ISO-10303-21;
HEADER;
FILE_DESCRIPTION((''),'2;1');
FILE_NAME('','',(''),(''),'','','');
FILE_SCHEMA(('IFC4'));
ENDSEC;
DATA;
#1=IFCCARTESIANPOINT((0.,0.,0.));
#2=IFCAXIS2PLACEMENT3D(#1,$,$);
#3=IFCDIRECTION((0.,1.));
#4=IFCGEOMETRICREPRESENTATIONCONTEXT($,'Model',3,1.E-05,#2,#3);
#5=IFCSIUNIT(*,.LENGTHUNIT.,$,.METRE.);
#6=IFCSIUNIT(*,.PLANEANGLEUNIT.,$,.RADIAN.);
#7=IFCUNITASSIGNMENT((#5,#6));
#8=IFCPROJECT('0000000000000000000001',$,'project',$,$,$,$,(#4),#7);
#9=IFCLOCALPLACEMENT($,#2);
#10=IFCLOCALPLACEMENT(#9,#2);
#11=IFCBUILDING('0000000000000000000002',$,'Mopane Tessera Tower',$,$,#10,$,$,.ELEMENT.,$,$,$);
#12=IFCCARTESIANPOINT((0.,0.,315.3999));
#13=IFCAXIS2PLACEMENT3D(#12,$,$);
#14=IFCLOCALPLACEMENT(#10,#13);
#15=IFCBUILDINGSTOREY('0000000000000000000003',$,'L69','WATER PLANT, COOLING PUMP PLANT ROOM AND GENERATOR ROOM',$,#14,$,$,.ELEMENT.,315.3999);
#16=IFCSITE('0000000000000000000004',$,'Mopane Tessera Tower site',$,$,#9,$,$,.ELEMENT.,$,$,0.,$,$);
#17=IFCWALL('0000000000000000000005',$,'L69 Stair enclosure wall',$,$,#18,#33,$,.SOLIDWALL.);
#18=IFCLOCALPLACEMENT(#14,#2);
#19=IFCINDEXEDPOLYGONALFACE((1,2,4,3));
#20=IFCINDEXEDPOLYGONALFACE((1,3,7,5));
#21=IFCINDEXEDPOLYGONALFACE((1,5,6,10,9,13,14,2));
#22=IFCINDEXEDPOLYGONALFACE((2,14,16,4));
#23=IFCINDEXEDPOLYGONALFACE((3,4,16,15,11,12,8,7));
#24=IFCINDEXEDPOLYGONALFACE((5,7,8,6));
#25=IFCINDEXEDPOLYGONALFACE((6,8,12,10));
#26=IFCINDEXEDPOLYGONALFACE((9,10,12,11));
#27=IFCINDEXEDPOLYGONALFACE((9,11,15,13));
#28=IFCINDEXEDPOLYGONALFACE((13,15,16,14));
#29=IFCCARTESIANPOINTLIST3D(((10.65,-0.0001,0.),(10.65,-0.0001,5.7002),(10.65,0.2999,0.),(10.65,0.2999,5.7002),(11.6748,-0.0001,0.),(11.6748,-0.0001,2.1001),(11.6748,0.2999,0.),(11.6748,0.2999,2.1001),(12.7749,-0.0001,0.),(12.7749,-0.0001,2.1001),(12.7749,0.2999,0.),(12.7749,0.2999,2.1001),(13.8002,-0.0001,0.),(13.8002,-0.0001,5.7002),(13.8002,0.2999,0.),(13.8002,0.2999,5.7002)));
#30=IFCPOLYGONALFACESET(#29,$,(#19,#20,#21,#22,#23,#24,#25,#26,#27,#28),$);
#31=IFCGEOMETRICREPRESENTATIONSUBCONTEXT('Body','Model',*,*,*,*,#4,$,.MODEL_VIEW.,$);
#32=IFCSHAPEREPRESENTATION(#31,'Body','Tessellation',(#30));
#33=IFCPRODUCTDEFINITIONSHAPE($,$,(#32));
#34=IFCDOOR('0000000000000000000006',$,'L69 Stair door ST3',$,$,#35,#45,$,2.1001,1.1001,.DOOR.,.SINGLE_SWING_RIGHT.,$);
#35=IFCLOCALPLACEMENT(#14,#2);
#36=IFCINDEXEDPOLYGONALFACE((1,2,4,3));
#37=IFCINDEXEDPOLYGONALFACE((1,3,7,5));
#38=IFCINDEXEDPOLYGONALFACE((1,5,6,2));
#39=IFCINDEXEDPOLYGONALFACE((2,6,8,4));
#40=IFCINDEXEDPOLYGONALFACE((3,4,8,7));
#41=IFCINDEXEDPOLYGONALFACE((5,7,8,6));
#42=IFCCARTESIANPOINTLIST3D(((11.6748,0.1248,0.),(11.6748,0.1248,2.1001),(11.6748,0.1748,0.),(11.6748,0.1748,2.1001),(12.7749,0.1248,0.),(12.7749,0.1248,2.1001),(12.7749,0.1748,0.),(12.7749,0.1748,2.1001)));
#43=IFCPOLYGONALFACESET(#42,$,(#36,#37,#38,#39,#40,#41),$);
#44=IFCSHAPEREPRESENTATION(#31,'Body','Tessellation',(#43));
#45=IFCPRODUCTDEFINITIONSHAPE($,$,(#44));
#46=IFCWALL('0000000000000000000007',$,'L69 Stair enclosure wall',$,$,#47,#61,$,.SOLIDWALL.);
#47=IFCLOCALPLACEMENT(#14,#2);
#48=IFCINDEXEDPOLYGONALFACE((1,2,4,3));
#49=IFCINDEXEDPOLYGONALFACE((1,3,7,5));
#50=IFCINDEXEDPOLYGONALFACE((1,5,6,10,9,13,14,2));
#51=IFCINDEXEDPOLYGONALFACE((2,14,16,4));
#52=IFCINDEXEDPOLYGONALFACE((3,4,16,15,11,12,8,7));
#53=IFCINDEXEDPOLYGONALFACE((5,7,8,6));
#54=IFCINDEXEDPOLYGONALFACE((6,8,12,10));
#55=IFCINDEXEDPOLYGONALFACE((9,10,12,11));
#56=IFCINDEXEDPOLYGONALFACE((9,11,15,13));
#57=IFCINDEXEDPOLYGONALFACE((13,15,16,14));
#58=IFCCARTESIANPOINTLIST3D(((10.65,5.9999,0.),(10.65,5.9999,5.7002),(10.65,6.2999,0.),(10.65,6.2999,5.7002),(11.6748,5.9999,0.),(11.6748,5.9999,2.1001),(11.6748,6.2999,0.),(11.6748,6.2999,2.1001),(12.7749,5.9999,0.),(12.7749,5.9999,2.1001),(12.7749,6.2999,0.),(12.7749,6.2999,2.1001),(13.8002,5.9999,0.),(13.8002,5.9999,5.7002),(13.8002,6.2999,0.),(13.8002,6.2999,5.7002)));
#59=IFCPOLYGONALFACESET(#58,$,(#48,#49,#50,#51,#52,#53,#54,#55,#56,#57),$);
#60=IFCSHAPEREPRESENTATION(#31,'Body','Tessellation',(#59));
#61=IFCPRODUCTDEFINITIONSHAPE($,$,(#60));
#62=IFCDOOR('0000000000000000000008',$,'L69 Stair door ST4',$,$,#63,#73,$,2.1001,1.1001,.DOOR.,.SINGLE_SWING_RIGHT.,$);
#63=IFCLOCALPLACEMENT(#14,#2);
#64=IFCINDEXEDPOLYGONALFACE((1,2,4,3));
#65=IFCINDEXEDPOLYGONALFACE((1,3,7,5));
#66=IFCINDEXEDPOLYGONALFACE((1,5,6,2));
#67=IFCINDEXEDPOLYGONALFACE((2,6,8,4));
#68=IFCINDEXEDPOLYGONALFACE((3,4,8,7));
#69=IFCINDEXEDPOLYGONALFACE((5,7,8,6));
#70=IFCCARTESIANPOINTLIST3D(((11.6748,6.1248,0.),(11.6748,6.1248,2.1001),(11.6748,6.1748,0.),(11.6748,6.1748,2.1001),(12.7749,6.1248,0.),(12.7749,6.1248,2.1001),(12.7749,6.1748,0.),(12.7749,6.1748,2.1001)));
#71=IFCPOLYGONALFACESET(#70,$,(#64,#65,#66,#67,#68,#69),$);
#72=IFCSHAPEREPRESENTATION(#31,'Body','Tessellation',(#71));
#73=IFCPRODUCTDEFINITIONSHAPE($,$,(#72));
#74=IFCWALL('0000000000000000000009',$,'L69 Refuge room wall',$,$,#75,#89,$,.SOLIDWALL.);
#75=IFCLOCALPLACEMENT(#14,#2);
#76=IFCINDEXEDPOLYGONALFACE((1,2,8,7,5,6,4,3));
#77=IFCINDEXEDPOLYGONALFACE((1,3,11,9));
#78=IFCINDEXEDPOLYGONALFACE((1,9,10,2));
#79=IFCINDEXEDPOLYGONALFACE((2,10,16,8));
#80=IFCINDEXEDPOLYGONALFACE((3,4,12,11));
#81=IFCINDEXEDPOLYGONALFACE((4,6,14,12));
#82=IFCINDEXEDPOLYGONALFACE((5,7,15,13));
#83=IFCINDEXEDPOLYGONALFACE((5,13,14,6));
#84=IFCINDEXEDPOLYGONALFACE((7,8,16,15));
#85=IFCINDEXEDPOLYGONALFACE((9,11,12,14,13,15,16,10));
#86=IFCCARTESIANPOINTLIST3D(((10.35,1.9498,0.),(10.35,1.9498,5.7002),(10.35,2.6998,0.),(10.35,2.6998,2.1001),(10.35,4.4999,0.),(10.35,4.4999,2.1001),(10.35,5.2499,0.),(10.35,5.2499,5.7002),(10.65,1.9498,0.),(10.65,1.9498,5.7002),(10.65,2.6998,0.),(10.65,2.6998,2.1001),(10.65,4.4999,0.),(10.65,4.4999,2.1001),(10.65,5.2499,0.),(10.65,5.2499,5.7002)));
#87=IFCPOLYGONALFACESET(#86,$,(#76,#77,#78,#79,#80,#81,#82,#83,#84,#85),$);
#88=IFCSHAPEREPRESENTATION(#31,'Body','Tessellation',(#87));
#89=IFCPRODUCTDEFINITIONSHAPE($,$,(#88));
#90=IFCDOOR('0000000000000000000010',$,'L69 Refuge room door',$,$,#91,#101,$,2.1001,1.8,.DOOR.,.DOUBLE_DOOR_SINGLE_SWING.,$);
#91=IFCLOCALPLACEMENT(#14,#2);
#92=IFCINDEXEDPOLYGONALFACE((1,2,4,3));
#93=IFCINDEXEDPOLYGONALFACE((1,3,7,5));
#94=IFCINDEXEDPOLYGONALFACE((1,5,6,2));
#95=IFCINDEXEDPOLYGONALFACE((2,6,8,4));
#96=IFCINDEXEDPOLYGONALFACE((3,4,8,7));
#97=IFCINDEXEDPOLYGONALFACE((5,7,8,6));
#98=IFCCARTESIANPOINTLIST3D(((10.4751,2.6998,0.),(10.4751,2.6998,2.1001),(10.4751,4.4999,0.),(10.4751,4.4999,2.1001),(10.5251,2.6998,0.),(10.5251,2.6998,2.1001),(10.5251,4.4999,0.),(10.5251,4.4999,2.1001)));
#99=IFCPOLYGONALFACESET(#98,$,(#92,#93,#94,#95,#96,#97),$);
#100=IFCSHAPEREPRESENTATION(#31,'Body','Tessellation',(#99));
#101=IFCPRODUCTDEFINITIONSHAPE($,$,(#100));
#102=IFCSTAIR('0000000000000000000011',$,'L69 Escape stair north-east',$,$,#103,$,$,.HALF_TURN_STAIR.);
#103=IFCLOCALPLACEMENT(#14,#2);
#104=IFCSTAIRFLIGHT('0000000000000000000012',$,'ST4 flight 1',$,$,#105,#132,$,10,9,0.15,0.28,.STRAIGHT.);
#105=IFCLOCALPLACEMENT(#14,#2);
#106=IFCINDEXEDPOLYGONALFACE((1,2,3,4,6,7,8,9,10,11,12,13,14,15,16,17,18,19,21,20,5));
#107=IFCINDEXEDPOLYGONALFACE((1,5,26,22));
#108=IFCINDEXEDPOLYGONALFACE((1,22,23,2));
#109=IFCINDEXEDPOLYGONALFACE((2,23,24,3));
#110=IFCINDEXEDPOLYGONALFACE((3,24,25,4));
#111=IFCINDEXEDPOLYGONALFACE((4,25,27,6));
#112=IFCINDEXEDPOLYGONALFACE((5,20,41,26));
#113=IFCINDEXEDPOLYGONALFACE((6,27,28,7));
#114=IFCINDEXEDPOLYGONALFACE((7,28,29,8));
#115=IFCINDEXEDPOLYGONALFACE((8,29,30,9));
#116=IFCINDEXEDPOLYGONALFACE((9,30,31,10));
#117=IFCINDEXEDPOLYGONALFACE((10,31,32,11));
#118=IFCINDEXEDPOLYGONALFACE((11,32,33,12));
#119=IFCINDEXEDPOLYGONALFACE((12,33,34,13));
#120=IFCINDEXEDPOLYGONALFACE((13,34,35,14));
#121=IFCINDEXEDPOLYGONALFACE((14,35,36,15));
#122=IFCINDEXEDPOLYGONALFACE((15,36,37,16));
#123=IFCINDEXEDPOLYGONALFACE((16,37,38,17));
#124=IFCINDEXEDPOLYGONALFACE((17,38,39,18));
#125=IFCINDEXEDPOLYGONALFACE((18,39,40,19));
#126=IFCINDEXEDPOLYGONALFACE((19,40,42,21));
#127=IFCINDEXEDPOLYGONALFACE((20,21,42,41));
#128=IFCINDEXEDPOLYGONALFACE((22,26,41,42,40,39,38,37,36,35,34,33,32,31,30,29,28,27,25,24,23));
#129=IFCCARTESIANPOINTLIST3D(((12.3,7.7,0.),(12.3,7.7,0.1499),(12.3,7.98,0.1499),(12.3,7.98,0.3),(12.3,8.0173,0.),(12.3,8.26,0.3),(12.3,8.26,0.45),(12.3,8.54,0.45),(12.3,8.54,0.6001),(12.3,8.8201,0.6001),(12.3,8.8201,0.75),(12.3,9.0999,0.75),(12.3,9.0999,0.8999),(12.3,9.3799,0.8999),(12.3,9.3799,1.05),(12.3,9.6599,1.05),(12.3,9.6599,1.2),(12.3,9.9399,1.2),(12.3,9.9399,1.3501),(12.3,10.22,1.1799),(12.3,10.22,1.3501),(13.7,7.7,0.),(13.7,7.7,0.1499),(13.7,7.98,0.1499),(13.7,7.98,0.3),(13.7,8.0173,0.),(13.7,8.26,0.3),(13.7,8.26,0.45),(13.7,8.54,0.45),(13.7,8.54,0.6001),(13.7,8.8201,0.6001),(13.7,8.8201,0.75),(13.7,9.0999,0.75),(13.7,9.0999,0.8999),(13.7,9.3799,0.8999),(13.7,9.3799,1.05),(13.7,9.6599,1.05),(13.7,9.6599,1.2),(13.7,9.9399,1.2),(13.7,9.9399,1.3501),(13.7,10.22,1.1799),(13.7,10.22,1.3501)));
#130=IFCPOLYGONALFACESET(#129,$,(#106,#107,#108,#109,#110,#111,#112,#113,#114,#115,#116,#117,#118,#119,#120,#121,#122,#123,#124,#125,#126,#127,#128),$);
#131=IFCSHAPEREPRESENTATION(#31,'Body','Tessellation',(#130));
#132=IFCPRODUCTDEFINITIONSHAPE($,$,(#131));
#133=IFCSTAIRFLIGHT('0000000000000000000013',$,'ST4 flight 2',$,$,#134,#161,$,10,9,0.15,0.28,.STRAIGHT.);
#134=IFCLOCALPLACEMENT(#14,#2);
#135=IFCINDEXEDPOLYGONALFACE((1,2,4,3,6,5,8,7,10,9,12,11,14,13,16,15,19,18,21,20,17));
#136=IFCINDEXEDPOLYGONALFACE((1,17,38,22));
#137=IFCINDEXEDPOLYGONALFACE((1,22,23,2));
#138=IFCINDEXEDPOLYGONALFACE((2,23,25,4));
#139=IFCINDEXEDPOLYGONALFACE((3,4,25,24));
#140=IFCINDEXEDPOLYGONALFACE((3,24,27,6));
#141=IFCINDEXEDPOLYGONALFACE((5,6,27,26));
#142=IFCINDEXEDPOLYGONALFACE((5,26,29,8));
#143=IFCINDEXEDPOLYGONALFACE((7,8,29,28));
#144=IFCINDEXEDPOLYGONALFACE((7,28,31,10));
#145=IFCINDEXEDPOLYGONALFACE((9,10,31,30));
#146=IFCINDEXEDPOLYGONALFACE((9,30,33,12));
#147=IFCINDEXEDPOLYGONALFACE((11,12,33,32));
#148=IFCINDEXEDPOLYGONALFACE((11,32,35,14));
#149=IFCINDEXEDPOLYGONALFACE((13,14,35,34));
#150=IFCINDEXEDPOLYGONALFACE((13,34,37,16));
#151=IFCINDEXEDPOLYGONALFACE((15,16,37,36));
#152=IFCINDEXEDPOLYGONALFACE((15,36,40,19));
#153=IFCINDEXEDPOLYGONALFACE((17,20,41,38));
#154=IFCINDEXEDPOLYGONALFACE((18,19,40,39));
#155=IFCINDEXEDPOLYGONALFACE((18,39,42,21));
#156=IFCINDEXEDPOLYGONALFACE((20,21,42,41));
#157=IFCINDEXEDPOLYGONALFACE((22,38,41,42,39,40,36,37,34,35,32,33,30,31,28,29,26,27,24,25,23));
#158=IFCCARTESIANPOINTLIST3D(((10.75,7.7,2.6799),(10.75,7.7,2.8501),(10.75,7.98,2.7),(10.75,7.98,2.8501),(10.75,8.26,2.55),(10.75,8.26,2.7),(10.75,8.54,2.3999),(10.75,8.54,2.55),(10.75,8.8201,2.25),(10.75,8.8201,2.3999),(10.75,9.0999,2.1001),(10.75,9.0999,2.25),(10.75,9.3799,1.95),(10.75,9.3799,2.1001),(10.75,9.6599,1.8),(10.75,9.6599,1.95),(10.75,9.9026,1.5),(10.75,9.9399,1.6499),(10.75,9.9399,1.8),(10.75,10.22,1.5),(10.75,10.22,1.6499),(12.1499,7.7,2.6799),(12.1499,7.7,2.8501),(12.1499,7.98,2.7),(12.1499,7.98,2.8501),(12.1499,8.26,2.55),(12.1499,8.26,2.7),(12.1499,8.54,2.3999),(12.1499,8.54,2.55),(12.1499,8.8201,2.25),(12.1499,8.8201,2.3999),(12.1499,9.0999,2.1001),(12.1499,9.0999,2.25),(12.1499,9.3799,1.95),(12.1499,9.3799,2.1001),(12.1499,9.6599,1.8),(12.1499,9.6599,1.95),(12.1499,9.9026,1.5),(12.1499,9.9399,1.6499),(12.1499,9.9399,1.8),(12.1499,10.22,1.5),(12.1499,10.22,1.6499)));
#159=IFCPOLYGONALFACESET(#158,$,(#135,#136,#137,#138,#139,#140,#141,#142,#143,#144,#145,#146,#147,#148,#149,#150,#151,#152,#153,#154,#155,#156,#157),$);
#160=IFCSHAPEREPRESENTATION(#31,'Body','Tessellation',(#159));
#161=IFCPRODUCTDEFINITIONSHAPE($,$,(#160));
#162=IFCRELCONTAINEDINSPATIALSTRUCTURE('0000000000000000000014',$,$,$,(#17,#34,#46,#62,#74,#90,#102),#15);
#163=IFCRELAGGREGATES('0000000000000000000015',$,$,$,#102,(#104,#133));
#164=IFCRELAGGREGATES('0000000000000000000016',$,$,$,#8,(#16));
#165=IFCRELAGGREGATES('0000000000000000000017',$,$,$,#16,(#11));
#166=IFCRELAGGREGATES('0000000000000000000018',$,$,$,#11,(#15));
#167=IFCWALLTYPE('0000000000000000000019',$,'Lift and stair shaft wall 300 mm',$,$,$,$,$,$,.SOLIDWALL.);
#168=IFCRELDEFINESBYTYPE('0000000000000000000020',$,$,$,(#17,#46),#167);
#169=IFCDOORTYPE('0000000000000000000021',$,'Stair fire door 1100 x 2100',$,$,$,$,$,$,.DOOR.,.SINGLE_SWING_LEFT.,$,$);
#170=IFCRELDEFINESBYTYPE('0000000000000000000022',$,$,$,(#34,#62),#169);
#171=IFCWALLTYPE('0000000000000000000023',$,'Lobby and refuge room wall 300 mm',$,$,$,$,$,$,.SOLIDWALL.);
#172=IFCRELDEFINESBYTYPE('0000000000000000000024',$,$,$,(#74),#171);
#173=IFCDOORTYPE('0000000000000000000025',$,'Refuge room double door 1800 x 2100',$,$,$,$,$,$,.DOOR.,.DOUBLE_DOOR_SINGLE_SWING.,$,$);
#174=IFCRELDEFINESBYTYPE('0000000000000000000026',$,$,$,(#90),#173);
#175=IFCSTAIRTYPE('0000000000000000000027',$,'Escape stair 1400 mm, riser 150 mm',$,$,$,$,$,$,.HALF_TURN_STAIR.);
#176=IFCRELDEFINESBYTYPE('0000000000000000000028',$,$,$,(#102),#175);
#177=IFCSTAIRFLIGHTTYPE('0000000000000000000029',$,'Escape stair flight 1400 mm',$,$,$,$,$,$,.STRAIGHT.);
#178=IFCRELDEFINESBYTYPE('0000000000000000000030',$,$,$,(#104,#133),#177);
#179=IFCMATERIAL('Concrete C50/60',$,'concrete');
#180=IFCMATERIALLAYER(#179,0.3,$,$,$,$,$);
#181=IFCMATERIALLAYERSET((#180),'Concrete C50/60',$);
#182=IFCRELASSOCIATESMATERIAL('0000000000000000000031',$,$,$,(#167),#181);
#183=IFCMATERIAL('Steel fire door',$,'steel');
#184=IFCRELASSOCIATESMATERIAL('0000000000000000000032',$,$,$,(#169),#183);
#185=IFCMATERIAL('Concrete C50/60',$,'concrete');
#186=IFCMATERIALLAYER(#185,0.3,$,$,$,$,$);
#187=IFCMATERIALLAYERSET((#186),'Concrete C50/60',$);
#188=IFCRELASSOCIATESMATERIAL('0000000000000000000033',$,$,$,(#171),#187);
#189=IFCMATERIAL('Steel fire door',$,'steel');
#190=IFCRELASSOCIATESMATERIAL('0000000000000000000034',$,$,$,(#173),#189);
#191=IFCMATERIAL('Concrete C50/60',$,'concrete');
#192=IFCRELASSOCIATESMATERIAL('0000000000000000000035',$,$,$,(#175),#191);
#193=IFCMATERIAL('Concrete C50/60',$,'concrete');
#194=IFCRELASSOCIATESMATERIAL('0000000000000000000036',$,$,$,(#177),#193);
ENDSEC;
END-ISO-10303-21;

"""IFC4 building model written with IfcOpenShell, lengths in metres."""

from ifc_helpers import new_model, si_unit, direction, frame, frame_2d, origin, place, context, subcontext, project, spatial, polyline, rectangle, outline, extrude, material, layer, layer_set, type_object, element, fill, aggregate, save


model = new_model("IFC4")

# Units and contexts
model_context = context("Model", 3, precision=1e-05, world=origin(), true_north=direction((0.0, 1.0)))
body_context = subcontext(model_context, "Body", "Model", "MODEL_VIEW")
ifc_project = project(units=[si_unit("LENGTHUNIT", "METRE"), si_unit("PLANEANGLEUNIT", "RADIAN")], contexts=[model_context])

# Site, building, storey
site_placement = place(None, origin())
site = spatial("IfcSite", under=ifc_project, at=site_placement, Name="Mopane Tessera Tower site", CompositionType="ELEMENT", RefElevation=0.0)
building_placement = place(site_placement, origin())
building = spatial("IfcBuilding", under=site, at=building_placement, Name="Mopane Tessera Tower", CompositionType="ELEMENT")
storey_placement = place(building_placement, frame((0.0, 0.0, 315.3999)))
storey = spatial("IfcBuildingStorey", under=building, at=storey_placement, Name="L69", Description="WATER PLANT, COOLING PUMP PLANT ROOM AND GENERATOR ROOM", CompositionType="ELEMENT", Elevation=315.3999)

# Walls, openings, doors
ifc_material_1 = material(Name="Concrete C50/60", Category="concrete")
ifc_layer_1 = layer(ifc_material_1, 0.3)
ifc_layer_set_1 = layer_set([ifc_layer_1], Name="Concrete C50/60")
wall_type_1 = type_object("IfcWallType", Name="Lift and stair shaft wall 300 mm", PredefinedType="SOLIDWALL", material=ifc_layer_set_1)
wall_1_placement = place(storey_placement, frame((10.6499, 0.1499, 0.0), z_axis=(0.0, 0.0, 1.0), x_axis=(1.0, 0.0, 0.0)))
wall_1 = element("IfcWall", 1, at=wall_1_placement, inside=storey, type_object=wall_type_1, Name="L69 Stair enclosure wall", PredefinedType="SOLIDWALL", context=body_context, shape_type="SweptSolid", body=[
    extrude(rectangle(XDim=3.1501, YDim=0.3, at=frame_2d((1.5752, 0.0))), origin(), (0.0, 0.0, 1.0), 5.7002),
])
opening_1_placement = place(wall_1_placement, frame((1.0249, 0.0, 0.0)))
opening_1 = element("IfcOpeningElement", 2, at=opening_1_placement, cuts=wall_1, PredefinedType="OPENING", context=body_context, shape_type="SweptSolid", body=[
    extrude(rectangle(XDim=1.1001, YDim=2.1001, at=frame_2d((0.55, 1.05))), frame((0.0, 0.1621, 0.0), z_axis=(0.0, -1.0, 0.0), x_axis=(1.0, 0.0, 0.0)), (0.0, 0.0, 1.0), 0.324),
])
ifc_material_2 = material(Name="Steel fire door", Category="steel")
door_type_1 = type_object("IfcDoorType", Name="Stair fire door 1100 x 2100", OperationType="SINGLE_SWING_LEFT", PredefinedType="DOOR", material=ifc_material_2)
door_1_placement = place(opening_1_placement, origin())
door_1 = element("IfcDoor", 3, at=door_1_placement, inside=storey, type_object=door_type_1, Name="L69 Stair door ST3", OperationType="SINGLE_SWING_RIGHT", OverallHeight=2.1001, OverallWidth=1.1001, PredefinedType="DOOR", context=body_context, shape_type="SweptSolid", body=[
    extrude(rectangle(XDim=1.1001, YDim=2.1001, at=frame_2d((0.55, 1.05))), frame((0.0, 0.0249, 0.0), z_axis=(0.0, -1.0, 0.0), x_axis=(1.0, 0.0, 0.0)), (0.0, 0.0, 1.0), 0.05),
])
fill(opening_1, door_1)
wall_2_placement = place(storey_placement, frame((10.6499, 6.1499, 0.0), z_axis=(0.0, 0.0, 1.0), x_axis=(1.0, 0.0, 0.0)))
wall_2 = element("IfcWall", 4, at=wall_2_placement, inside=storey, type_object=wall_type_1, Name="L69 Stair enclosure wall", PredefinedType="SOLIDWALL", context=body_context, shape_type="SweptSolid", body=[
    extrude(rectangle(XDim=3.1501, YDim=0.3, at=frame_2d((1.5752, 0.0))), origin(), (0.0, 0.0, 1.0), 5.7002),
])
opening_2_placement = place(wall_2_placement, frame((1.0249, 0.0, 0.0)))
opening_2 = element("IfcOpeningElement", 5, at=opening_2_placement, cuts=wall_2, PredefinedType="OPENING", context=body_context, shape_type="SweptSolid", body=[
    extrude(rectangle(XDim=1.1001, YDim=2.1001, at=frame_2d((0.55, 1.05))), frame((0.0, 0.1621, 0.0), z_axis=(0.0, -1.0, 0.0), x_axis=(1.0, 0.0, 0.0)), (0.0, 0.0, 1.0), 0.324),
])
door_2_placement = place(opening_2_placement, origin())
door_2 = element("IfcDoor", 6, at=door_2_placement, inside=storey, type_object=door_type_1, Name="L69 Stair door ST4", OperationType="SINGLE_SWING_RIGHT", OverallHeight=2.1001, OverallWidth=1.1001, PredefinedType="DOOR", context=body_context, shape_type="SweptSolid", body=[
    extrude(rectangle(XDim=1.1001, YDim=2.1001, at=frame_2d((0.55, 1.05))), frame((0.0, 0.0249, 0.0), z_axis=(0.0, -1.0, 0.0), x_axis=(1.0, 0.0, 0.0)), (0.0, 0.0, 1.0), 0.05),
])
fill(opening_2, door_2)
ifc_material_3 = material(Name="Concrete C50/60", Category="concrete")
ifc_layer_2 = layer(ifc_material_3, 0.3)
ifc_layer_set_2 = layer_set([ifc_layer_2], Name="Concrete C50/60")
wall_type_2 = type_object("IfcWallType", Name="Lobby and refuge room wall 300 mm", PredefinedType="SOLIDWALL", material=ifc_layer_set_2)
wall_3_placement = place(storey_placement, frame((10.5, 1.95, 0.0), z_axis=(0.0, 0.0, 1.0), x_axis=(0.0, 1.0, 0.0)))
wall_3 = element("IfcWall", 7, at=wall_3_placement, inside=storey, type_object=wall_type_2, Name="L69 Refuge room wall", PredefinedType="SOLIDWALL", context=body_context, shape_type="SweptSolid", body=[
    extrude(rectangle(XDim=3.3, YDim=0.3, at=frame_2d((1.6499, 0.0))), origin(), (0.0, 0.0, 1.0), 5.7002),
])
opening_3_placement = place(wall_3_placement, frame((0.75, 0.0, 0.0)))
opening_3 = element("IfcOpeningElement", 8, at=opening_3_placement, cuts=wall_3, PredefinedType="OPENING", context=body_context, shape_type="SweptSolid", body=[
    extrude(rectangle(XDim=1.8, YDim=2.1001, at=frame_2d((0.8999, 1.05))), frame((0.0, 0.1621, 0.0), z_axis=(0.0, -1.0, 0.0), x_axis=(1.0, 0.0, 0.0)), (0.0, 0.0, 1.0), 0.324),
])
ifc_material_4 = material(Name="Steel fire door", Category="steel")
door_type_2 = type_object("IfcDoorType", Name="Refuge room double door 1800 x 2100", OperationType="DOUBLE_DOOR_SINGLE_SWING", PredefinedType="DOOR", material=ifc_material_4)
door_3_placement = place(opening_3_placement, origin())
door_3 = element("IfcDoor", 9, at=door_3_placement, inside=storey, type_object=door_type_2, Name="L69 Refuge room door", OperationType="DOUBLE_DOOR_SINGLE_SWING", OverallHeight=2.1001, OverallWidth=1.8, PredefinedType="DOOR", context=body_context, shape_type="SweptSolid", body=[
    extrude(rectangle(XDim=1.8, YDim=2.1001, at=frame_2d((0.8999, 1.05))), frame((0.0, 0.0249, 0.0), z_axis=(0.0, -1.0, 0.0), x_axis=(1.0, 0.0, 0.0)), (0.0, 0.0, 1.0), 0.05),
])
fill(opening_3, door_3)

# Stair, stair flights
ifc_material_5 = material(Name="Concrete C50/60", Category="concrete")
stair_type = type_object("IfcStairType", Name="Escape stair 1400 mm, riser 150 mm", PredefinedType="HALF_TURN_STAIR", material=ifc_material_5)
stair_placement = place(storey_placement, origin())
stair = element("IfcStair", 10, at=stair_placement, inside=storey, type_object=stair_type, Name="L69 Escape stair north-east", PredefinedType="HALF_TURN_STAIR")
ifc_material_6 = material(Name="Concrete C50/60", Category="concrete")
stair_flight_type = type_object("IfcStairFlightType", Name="Escape stair flight 1400 mm", PredefinedType="STRAIGHT", material=ifc_material_6)
stair_flight_1_placement = place(storey_placement, frame((13.0, 7.7, 0.0), z_axis=(0.0, 0.0, 1.0), x_axis=(0.0, 1.0, 0.0)))
stair_flight_1 = element("IfcStairFlight", 11, at=stair_flight_1_placement, type_object=stair_flight_type, Name="ST4 flight 1", NumberOfRisers=10, NumberOfTreads=9, PredefinedType="STRAIGHT", RiserHeight=0.15, TreadLength=0.28, context=body_context, shape_type="SweptSolid", body=[
    extrude(outline(polyline([(0.0, 0.0), (0.0, 0.1499), (0.28, 0.1499), (0.28, 0.3), (0.5601, 0.3), (0.5601, 0.45), (0.8401, 0.45), (0.8401, 0.6001), (1.1201, 0.6001), (1.1201, 0.75), (1.3999, 0.75), (1.3999, 0.8999), (1.6799, 0.8999), (1.6799, 1.05), (1.96, 1.05), (1.96, 1.2), (2.24, 1.2), (2.24, 1.3501), (2.52, 1.3501), (2.52, 1.5), (2.52, 1.1799), (0.3174, 0.0), (0.0, 0.0)])), frame((0.0, 0.7, 0.0), z_axis=(0.0, -1.0, 0.0), x_axis=(1.0, 0.0, 0.0)), (0.0, 0.0, 1.0), 1.3999),
])
stair_flight_2_placement = place(storey_placement, frame((11.45, 10.22, 1.5), z_axis=(0.0, 0.0, 1.0), x_axis=(0.0, -1.0, 0.0)))
stair_flight_2 = element("IfcStairFlight", 12, at=stair_flight_2_placement, type_object=stair_flight_type, Name="ST4 flight 2", NumberOfRisers=10, NumberOfTreads=9, PredefinedType="STRAIGHT", RiserHeight=0.15, TreadLength=0.28, context=body_context, shape_type="SweptSolid", body=[
    extrude(outline(polyline([(0.0, 0.0), (0.0, 0.1499), (0.28, 0.1499), (0.28, 0.3), (0.5601, 0.3), (0.5601, 0.45), (0.8401, 0.45), (0.8401, 0.6001), (1.1201, 0.6001), (1.1201, 0.75), (1.3999, 0.75), (1.3999, 0.8999), (1.6799, 0.8999), (1.6799, 1.05), (1.96, 1.05), (1.96, 1.2), (2.24, 1.2), (2.24, 1.3501), (2.52, 1.3501), (2.52, 1.5), (2.52, 1.1799), (0.3174, 0.0), (0.0, 0.0)])), frame((0.0, 0.7, 0.0), z_axis=(0.0, -1.0, 0.0), x_axis=(1.0, 0.0, 0.0)), (0.0, 0.0, 1.0), 1.3999),
])
aggregate(stair, [stair_flight_1, stair_flight_2])

save(model, "model.ifc")
